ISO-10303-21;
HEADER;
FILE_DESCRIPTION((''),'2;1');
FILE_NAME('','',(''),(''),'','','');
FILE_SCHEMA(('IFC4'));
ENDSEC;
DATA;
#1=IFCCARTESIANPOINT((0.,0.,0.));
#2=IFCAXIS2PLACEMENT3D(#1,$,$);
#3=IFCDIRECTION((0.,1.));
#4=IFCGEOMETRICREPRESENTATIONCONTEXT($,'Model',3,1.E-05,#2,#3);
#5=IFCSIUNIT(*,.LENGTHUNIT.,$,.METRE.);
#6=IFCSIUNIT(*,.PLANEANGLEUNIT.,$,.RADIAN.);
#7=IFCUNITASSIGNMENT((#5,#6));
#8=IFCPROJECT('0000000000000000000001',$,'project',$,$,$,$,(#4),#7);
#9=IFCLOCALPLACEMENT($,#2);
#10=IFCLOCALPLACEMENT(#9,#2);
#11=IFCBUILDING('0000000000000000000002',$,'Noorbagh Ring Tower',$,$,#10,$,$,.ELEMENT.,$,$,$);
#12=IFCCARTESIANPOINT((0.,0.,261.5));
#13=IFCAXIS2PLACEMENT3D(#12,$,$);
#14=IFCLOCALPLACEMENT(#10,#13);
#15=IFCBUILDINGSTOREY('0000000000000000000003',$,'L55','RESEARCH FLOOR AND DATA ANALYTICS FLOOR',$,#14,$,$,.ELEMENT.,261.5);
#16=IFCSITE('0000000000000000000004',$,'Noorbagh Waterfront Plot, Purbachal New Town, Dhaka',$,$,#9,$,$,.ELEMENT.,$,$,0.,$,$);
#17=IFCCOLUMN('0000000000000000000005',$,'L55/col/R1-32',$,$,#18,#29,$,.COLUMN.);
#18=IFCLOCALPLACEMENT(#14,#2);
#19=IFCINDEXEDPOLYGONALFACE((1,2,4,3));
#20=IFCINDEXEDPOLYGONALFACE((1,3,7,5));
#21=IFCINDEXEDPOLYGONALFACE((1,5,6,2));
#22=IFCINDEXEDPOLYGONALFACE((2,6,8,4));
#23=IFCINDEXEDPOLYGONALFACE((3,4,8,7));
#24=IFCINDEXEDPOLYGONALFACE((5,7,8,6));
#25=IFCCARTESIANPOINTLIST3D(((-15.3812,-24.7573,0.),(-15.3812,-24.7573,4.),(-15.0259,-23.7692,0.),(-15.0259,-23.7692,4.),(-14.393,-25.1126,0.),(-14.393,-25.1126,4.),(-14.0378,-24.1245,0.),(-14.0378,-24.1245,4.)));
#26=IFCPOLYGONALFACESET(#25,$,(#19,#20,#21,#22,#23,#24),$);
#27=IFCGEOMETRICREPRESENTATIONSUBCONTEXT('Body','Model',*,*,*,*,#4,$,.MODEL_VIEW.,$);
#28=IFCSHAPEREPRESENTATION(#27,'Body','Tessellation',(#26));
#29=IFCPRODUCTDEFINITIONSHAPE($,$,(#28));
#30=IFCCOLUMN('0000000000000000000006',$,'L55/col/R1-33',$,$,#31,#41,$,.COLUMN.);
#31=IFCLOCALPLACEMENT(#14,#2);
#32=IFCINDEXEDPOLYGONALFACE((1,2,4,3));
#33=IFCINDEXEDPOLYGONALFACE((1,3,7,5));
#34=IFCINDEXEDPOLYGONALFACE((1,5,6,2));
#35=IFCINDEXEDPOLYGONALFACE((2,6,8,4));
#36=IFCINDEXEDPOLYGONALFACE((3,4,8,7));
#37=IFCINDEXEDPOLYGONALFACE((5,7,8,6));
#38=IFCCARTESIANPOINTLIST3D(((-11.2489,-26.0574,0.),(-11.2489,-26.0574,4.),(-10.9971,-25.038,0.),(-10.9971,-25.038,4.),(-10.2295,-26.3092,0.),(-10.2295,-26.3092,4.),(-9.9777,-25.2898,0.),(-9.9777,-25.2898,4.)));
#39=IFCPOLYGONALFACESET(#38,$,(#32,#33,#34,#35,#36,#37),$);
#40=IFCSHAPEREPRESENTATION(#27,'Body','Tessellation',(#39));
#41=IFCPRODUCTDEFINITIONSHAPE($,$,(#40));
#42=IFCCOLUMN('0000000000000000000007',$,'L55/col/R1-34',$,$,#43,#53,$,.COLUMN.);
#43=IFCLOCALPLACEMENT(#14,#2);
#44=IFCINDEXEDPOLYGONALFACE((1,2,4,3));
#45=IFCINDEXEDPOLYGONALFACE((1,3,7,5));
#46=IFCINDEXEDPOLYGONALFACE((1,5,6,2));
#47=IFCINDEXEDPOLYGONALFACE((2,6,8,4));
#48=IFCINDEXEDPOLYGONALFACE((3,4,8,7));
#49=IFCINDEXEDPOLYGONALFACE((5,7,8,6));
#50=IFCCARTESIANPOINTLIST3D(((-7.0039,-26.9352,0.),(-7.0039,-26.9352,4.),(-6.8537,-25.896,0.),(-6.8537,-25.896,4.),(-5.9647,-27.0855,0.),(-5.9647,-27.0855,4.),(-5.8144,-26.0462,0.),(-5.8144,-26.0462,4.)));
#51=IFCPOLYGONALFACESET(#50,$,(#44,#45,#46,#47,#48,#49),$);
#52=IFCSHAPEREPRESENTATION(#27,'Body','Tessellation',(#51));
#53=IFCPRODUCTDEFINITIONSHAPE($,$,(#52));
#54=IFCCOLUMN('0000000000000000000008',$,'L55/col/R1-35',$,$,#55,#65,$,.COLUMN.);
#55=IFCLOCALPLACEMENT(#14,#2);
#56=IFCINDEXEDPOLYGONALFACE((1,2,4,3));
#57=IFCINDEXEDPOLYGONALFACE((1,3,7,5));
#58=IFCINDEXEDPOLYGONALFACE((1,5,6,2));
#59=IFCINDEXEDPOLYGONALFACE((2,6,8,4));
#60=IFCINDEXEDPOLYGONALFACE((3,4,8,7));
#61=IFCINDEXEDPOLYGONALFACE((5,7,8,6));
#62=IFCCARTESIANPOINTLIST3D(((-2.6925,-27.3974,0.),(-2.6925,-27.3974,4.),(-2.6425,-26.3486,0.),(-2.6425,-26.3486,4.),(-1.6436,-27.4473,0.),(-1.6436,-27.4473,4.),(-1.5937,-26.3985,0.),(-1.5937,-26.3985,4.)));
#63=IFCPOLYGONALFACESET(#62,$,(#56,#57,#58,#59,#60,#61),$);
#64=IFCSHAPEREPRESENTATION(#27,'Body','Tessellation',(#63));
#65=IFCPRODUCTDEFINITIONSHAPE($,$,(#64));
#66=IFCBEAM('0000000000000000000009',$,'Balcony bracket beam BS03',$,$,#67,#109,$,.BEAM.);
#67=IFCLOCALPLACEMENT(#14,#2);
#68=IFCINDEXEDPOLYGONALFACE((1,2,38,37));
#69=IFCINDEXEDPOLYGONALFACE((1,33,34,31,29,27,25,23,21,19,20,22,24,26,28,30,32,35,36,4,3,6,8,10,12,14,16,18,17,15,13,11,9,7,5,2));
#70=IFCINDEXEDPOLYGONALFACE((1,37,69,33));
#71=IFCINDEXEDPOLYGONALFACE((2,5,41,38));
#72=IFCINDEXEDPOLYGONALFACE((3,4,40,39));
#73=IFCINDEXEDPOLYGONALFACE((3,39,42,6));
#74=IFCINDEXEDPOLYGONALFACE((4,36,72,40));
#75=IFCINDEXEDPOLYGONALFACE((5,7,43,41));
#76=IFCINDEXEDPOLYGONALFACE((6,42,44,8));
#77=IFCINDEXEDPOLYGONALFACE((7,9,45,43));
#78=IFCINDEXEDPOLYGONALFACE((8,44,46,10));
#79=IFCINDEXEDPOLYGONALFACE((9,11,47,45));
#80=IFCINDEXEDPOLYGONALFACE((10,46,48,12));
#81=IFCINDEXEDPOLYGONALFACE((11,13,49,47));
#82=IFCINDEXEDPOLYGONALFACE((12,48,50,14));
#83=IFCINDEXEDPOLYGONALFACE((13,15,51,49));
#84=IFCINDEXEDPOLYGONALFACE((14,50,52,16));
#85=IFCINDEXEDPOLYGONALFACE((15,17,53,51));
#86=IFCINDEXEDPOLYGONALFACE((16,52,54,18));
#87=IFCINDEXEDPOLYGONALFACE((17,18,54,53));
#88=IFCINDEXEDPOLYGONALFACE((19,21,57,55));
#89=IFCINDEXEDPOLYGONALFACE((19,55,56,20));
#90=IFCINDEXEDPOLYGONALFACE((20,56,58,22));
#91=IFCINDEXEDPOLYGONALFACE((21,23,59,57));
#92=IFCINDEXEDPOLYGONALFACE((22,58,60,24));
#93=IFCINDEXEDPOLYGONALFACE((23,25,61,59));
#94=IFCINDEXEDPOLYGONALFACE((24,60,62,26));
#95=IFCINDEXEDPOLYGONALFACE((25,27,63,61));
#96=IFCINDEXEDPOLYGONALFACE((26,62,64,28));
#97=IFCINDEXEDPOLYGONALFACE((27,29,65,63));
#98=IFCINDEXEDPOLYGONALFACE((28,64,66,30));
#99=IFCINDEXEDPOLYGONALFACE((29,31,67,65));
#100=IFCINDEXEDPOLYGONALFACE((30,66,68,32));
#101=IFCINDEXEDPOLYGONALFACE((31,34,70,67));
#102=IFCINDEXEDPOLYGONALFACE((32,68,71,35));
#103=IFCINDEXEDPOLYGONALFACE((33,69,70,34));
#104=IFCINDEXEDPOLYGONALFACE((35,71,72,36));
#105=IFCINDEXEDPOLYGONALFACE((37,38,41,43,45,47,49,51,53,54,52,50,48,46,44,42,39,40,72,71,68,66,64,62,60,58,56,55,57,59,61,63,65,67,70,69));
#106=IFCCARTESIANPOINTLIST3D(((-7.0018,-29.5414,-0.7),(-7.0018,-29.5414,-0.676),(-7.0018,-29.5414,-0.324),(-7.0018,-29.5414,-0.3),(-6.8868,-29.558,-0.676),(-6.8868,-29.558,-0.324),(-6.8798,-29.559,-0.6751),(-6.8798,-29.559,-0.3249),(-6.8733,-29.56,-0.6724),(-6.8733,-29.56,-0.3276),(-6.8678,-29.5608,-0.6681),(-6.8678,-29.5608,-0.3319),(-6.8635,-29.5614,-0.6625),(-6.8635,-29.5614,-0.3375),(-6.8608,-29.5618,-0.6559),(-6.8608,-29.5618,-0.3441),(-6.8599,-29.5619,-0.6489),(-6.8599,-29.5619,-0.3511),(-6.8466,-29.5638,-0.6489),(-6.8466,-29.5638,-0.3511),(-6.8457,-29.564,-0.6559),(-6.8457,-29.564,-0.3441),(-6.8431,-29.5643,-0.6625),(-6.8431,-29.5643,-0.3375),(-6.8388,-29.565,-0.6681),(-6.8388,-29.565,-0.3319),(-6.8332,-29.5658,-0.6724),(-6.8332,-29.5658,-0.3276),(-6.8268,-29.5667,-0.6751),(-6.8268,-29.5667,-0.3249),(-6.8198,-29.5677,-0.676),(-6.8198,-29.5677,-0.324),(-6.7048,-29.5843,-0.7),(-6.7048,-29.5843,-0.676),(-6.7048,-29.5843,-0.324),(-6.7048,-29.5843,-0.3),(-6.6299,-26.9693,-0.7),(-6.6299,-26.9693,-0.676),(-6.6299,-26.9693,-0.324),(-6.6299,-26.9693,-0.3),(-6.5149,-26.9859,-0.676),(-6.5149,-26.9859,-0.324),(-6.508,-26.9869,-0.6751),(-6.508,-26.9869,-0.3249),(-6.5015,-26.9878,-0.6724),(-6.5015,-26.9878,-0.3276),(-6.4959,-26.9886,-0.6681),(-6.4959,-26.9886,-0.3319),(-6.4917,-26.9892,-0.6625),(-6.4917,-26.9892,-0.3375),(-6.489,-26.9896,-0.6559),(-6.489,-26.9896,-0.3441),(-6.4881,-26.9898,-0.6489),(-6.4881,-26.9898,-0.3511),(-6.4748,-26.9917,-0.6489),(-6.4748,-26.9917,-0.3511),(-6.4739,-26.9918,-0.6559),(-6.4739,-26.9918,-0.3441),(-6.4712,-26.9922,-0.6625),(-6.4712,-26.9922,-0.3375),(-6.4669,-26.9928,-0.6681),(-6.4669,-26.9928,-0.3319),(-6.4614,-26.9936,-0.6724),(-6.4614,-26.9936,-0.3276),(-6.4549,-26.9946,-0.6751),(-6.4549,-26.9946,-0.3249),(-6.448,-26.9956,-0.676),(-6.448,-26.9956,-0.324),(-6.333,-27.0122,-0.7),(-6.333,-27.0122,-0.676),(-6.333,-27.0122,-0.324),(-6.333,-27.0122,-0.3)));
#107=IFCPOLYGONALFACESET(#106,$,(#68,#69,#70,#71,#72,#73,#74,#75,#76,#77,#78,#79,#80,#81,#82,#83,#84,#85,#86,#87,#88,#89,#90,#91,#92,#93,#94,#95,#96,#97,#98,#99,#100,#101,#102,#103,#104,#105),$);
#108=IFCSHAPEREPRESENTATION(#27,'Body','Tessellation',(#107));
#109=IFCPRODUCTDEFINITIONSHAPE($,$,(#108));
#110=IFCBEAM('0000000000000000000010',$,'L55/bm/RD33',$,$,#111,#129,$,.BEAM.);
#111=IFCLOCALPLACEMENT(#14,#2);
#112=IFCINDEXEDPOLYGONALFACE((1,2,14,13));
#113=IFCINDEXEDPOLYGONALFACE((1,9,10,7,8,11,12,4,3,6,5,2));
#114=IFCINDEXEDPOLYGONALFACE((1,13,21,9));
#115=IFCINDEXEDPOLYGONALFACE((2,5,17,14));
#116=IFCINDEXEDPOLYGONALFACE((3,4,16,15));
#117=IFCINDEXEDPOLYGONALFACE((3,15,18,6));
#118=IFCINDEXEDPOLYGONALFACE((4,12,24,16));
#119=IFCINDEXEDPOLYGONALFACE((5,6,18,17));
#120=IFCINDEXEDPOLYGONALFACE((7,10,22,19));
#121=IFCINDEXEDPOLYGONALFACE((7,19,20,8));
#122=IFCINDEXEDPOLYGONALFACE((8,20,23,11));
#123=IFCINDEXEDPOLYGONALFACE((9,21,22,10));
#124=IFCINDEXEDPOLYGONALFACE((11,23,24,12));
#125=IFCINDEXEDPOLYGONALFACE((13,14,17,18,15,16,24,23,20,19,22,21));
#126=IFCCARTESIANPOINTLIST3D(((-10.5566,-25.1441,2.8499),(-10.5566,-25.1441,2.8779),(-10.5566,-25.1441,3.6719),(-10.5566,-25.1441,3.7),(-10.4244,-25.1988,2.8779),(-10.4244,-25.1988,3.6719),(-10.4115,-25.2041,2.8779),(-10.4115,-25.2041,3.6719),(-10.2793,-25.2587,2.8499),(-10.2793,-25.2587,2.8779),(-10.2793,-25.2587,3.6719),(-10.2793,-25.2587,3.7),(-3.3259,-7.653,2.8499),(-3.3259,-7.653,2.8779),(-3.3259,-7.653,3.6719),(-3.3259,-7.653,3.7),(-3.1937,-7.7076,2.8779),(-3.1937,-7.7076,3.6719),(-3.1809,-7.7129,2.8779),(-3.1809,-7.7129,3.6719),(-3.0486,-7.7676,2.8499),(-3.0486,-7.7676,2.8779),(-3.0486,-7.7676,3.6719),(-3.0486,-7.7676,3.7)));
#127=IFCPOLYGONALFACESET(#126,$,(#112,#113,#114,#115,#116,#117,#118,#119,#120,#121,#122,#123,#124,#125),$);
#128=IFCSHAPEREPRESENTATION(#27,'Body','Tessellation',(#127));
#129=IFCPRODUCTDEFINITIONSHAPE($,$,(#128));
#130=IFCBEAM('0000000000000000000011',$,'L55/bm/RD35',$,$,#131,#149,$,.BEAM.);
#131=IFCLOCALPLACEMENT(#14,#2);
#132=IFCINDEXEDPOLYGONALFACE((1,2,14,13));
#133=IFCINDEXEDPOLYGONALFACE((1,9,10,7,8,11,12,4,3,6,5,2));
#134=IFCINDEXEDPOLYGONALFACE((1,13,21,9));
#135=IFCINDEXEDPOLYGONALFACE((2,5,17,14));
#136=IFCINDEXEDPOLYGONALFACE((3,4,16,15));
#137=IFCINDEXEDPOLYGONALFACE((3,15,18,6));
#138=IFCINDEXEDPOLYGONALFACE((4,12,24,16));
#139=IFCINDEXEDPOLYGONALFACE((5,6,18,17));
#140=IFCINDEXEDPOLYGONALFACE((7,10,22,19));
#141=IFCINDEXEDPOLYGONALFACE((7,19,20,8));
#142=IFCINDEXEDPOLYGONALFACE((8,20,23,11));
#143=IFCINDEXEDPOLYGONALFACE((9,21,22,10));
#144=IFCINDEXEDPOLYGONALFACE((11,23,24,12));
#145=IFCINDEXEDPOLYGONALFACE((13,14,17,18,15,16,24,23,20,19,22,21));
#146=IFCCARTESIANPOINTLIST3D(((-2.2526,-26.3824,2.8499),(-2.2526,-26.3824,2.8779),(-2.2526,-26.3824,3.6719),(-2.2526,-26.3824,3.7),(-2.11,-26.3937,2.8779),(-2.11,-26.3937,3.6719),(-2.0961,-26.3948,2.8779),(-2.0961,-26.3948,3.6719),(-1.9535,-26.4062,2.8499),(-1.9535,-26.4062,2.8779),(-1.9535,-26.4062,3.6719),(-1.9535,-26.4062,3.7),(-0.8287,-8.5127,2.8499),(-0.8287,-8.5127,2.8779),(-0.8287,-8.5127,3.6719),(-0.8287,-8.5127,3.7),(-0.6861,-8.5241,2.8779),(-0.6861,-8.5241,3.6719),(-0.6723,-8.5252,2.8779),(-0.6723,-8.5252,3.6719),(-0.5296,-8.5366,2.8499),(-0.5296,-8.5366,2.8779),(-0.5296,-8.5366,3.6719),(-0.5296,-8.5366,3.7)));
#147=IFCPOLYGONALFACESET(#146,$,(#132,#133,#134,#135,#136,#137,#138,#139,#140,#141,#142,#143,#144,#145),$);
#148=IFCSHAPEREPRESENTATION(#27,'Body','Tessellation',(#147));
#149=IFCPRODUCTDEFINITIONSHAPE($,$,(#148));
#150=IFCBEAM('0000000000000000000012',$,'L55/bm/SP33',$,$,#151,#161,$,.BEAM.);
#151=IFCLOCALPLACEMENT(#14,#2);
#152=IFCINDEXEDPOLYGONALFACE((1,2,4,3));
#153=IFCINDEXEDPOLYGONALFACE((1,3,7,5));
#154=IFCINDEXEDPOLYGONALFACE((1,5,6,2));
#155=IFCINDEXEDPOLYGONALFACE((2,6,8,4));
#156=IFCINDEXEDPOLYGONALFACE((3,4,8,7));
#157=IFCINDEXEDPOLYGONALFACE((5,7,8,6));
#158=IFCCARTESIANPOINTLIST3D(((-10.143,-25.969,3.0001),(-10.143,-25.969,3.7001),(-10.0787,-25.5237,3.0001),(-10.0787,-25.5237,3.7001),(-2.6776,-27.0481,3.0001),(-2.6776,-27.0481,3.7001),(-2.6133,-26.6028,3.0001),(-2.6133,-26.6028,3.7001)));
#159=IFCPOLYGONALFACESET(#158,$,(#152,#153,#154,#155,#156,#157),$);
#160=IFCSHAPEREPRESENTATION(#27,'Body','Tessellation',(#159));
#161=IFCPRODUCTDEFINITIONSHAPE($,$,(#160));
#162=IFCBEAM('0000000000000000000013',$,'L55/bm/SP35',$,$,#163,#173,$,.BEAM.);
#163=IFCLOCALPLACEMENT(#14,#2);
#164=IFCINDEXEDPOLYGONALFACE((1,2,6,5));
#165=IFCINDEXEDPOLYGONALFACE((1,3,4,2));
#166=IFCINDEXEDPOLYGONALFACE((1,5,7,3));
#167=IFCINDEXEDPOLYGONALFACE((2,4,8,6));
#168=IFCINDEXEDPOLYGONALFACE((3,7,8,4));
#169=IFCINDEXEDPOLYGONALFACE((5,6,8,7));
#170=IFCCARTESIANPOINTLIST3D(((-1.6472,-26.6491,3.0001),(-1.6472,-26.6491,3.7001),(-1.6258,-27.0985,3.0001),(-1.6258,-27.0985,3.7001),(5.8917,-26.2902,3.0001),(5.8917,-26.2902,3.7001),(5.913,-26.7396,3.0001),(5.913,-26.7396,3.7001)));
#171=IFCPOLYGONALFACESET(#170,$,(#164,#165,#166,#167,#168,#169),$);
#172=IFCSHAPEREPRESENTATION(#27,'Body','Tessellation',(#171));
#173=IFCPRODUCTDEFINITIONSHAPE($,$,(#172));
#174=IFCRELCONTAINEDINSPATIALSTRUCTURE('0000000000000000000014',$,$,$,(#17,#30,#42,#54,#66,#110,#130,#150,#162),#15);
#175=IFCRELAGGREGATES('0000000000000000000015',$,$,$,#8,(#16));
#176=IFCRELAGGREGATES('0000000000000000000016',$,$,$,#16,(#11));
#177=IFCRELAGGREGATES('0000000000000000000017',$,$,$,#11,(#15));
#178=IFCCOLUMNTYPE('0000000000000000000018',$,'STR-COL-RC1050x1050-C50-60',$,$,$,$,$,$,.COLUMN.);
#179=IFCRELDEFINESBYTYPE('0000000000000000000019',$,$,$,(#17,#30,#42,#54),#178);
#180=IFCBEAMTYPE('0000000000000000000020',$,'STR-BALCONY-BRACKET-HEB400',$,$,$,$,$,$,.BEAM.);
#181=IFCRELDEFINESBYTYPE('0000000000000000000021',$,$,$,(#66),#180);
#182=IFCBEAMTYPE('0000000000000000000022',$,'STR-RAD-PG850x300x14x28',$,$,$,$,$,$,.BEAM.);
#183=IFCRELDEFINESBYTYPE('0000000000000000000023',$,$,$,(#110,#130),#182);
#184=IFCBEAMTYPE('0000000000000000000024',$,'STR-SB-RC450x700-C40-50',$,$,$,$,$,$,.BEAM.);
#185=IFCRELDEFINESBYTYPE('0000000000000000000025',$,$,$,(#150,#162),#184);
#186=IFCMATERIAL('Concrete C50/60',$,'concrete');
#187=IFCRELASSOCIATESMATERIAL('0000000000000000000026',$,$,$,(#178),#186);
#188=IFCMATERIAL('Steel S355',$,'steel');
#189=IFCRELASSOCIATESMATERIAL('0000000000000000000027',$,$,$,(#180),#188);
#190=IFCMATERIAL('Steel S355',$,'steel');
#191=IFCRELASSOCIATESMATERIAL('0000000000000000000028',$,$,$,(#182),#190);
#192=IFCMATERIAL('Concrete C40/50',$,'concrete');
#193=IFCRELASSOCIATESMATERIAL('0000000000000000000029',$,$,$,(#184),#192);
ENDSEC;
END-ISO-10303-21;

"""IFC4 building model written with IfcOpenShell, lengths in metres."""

from ifc_helpers import new_model, si_unit, direction, frame, origin, origin_2d, place, context, subcontext, project, spatial, rectangle, i_section, extrude, material, material_profile, profile_set, type_object, element, save


model = new_model("IFC4")

# Units and contexts
model_context = context("Model", 3, precision=1e-05, world=origin(), true_north=direction((0.0, 1.0)))
body_context = subcontext(model_context, "Body", "Model", "MODEL_VIEW")
ifc_project = project(units=[si_unit("LENGTHUNIT", "METRE"), si_unit("PLANEANGLEUNIT", "RADIAN")], contexts=[model_context])

# Site, building, storey
site_placement = place(None, origin())
site = spatial("IfcSite", under=ifc_project, at=site_placement, Name="Noorbagh Waterfront Plot, Purbachal New Town, Dhaka", CompositionType="ELEMENT", RefElevation=0.0)
building_placement = place(site_placement, origin())
building = spatial("IfcBuilding", under=site, at=building_placement, Name="Noorbagh Ring Tower", CompositionType="ELEMENT")
storey_placement = place(building_placement, frame((0.0, 0.0, 261.5)))
storey = spatial("IfcBuildingStorey", under=building, at=storey_placement, Name="L55", Description="RESEARCH FLOOR AND DATA ANALYTICS FLOOR", CompositionType="ELEMENT", Elevation=261.5)

# Columns
ifc_material_1 = material(Name="Concrete C50/60", Category="concrete")
ifc_material_profile_1 = material_profile(ifc_material_1, rectangle(XDim=1.05, YDim=1.05, at=origin_2d()), Name="RC1050x1050")
ifc_profile_set_1 = profile_set([ifc_material_profile_1], Name="Concrete C50/60")
column_type = type_object("IfcColumnType", Name="STR-COL-RC1050x1050-C50-60", PredefinedType="COLUMN", material=ifc_profile_set_1)
for number, where, z_axis, x_axis, name in (
    (1, (-14.7095, -24.4409, 0.0), (0.0, 0.0, 1.0), (0.941025, -0.338338, 0.0), "L55/col/R1-32"),
    (2, (-10.6133, -25.6736, 0.0), (0.0, 0.0, 1.0), (0.970829, -0.239771, 0.0), "L55/col/R1-33"),
    (3, (-6.4092, -26.4907, 0.0), (0.0, 0.0, 1.0), (0.989713, -0.143066, 0.0), "L55/col/R1-34"),
    (4, (-2.1431, -26.8979, 0.0), (0.0, 0.0, 1.0), (0.998869, -0.047553, 0.0), "L55/col/R1-35"),
):
    element("IfcColumn", number, at=place(storey_placement, frame(where, z_axis=z_axis, x_axis=x_axis)), inside=storey, type_object=column_type, Name=name, PredefinedType="COLUMN", context=body_context, shape_type="SweptSolid", body=[
        extrude(rectangle(XDim=1.05, YDim=1.05, at=origin_2d()), origin(), (0.0, 0.0, 1.0), 4.0),
    ])

# Beams
ifc_material_2 = material(Name="Steel S355", Category="steel")
ifc_material_profile_2 = material_profile(ifc_material_2, i_section(OverallWidth=0.3, OverallDepth=0.3999, WebThickness=0.0134, FlangeThickness=0.0239, FilletRadius=0.0271, at=origin_2d()), Name="HEB400")
ifc_profile_set_2 = profile_set([ifc_material_profile_2], Name="Steel S355")
beam_type_1 = type_object("IfcBeamType", Name="STR-BALCONY-BRACKET-HEB400", PredefinedType="BEAM", material=ifc_profile_set_2)
beam_1_placement = place(storey_placement, frame((-6.4814, -26.9907, -0.5), z_axis=(-0.143078, -0.989711, 0.0), x_axis=(0.989711, -0.143078, 0.0)))
element("IfcBeam", 5, at=beam_1_placement, inside=storey, type_object=beam_type_1, Name="Balcony bracket beam BS03", PredefinedType="BEAM", context=body_context, shape_type="SweptSolid", body=[
    extrude(i_section(OverallWidth=0.3, OverallDepth=0.3999, WebThickness=0.0134, FlangeThickness=0.0239, FilletRadius=0.0271, at=origin_2d()), origin(), (0.0, 0.0, 1.0), 2.5989),
])
ifc_material_3 = material(Name="Steel S355", Category="steel")
ifc_material_profile_3 = material_profile(ifc_material_3, i_section(OverallWidth=0.3, OverallDepth=0.8501, WebThickness=0.0139, FlangeThickness=0.0281, at=origin_2d()), Name="PG850x300x14x28")
ifc_profile_set_3 = profile_set([ifc_material_profile_3], Name="Steel S355")
beam_type_2 = type_object("IfcBeamType", Name="STR-RAD-PG850x300x14x28", PredefinedType="BEAM", material=ifc_profile_set_3)
beam_2_placement = place(storey_placement, frame((-10.418, -25.2014, 3.2749), z_axis=(0.382035, 0.924148, 0.0), x_axis=(-0.924148, 0.382035, 0.0)))
element("IfcBeam", 6, at=beam_2_placement, inside=storey, type_object=beam_type_2, Name="L55/bm/RD33", PredefinedType="BEAM", context=body_context, shape_type="SweptSolid", body=[
    extrude(i_section(OverallWidth=0.3, OverallDepth=0.8501, WebThickness=0.0139, FlangeThickness=0.0281, at=origin_2d()), origin(), (0.0, 0.0, 1.0), 18.9268),
])
beam_3_placement = place(storey_placement, frame((-2.103, -26.3943, 3.2749), z_axis=(0.079427, 0.996841, 0.0), x_axis=(-0.996841, 0.079427, 0.0)))
element("IfcBeam", 7, at=beam_3_placement, inside=storey, type_object=beam_type_2, Name="L55/bm/RD35", PredefinedType="BEAM", context=body_context, shape_type="SweptSolid", body=[
    extrude(i_section(OverallWidth=0.3, OverallDepth=0.8501, WebThickness=0.0139, FlangeThickness=0.0281, at=origin_2d()), origin(), (0.0, 0.0, 1.0), 17.9263),
])
ifc_material_4 = material(Name="Concrete C40/50", Category="concrete")
ifc_material_profile_4 = material_profile(ifc_material_4, rectangle(XDim=0.45, YDim=0.7, at=origin_2d()), Name="RC450x700")
ifc_profile_set_4 = profile_set([ifc_material_profile_4], Name="Concrete C40/50")
beam_type_3 = type_object("IfcBeamType", Name="STR-SB-RC450x700-C40-50", PredefinedType="BEAM", material=ifc_profile_set_4)
beam_4_placement = place(storey_placement, frame((-10.1108, -25.7463, 3.3501), z_axis=(0.989714, -0.143062, 0.0), x_axis=(0.143062, 0.989714, 0.0)))
element("IfcBeam", 8, at=beam_4_placement, inside=storey, type_object=beam_type_3, Name="L55/bm/SP33", PredefinedType="BEAM", context=body_context, shape_type="SweptSolid", body=[
    extrude(rectangle(XDim=0.45, YDim=0.7, at=origin_2d()), origin(), (0.0, 0.0, 1.0), 7.543),
])
beam_5_placement = place(storey_placement, frame((-1.6365, -26.8738, 3.3501), z_axis=(0.998869, 0.047551, 0.0), x_axis=(-0.047551, 0.998869, 0.0)))
element("IfcBeam", 9, at=beam_5_placement, inside=storey, type_object=beam_type_3, Name="L55/bm/SP35", PredefinedType="BEAM", context=body_context, shape_type="SweptSolid", body=[
    extrude(rectangle(XDim=0.45, YDim=0.7, at=origin_2d()), origin(), (0.0, 0.0, 1.0), 7.5474),
])

save(model, "model.ifc")
